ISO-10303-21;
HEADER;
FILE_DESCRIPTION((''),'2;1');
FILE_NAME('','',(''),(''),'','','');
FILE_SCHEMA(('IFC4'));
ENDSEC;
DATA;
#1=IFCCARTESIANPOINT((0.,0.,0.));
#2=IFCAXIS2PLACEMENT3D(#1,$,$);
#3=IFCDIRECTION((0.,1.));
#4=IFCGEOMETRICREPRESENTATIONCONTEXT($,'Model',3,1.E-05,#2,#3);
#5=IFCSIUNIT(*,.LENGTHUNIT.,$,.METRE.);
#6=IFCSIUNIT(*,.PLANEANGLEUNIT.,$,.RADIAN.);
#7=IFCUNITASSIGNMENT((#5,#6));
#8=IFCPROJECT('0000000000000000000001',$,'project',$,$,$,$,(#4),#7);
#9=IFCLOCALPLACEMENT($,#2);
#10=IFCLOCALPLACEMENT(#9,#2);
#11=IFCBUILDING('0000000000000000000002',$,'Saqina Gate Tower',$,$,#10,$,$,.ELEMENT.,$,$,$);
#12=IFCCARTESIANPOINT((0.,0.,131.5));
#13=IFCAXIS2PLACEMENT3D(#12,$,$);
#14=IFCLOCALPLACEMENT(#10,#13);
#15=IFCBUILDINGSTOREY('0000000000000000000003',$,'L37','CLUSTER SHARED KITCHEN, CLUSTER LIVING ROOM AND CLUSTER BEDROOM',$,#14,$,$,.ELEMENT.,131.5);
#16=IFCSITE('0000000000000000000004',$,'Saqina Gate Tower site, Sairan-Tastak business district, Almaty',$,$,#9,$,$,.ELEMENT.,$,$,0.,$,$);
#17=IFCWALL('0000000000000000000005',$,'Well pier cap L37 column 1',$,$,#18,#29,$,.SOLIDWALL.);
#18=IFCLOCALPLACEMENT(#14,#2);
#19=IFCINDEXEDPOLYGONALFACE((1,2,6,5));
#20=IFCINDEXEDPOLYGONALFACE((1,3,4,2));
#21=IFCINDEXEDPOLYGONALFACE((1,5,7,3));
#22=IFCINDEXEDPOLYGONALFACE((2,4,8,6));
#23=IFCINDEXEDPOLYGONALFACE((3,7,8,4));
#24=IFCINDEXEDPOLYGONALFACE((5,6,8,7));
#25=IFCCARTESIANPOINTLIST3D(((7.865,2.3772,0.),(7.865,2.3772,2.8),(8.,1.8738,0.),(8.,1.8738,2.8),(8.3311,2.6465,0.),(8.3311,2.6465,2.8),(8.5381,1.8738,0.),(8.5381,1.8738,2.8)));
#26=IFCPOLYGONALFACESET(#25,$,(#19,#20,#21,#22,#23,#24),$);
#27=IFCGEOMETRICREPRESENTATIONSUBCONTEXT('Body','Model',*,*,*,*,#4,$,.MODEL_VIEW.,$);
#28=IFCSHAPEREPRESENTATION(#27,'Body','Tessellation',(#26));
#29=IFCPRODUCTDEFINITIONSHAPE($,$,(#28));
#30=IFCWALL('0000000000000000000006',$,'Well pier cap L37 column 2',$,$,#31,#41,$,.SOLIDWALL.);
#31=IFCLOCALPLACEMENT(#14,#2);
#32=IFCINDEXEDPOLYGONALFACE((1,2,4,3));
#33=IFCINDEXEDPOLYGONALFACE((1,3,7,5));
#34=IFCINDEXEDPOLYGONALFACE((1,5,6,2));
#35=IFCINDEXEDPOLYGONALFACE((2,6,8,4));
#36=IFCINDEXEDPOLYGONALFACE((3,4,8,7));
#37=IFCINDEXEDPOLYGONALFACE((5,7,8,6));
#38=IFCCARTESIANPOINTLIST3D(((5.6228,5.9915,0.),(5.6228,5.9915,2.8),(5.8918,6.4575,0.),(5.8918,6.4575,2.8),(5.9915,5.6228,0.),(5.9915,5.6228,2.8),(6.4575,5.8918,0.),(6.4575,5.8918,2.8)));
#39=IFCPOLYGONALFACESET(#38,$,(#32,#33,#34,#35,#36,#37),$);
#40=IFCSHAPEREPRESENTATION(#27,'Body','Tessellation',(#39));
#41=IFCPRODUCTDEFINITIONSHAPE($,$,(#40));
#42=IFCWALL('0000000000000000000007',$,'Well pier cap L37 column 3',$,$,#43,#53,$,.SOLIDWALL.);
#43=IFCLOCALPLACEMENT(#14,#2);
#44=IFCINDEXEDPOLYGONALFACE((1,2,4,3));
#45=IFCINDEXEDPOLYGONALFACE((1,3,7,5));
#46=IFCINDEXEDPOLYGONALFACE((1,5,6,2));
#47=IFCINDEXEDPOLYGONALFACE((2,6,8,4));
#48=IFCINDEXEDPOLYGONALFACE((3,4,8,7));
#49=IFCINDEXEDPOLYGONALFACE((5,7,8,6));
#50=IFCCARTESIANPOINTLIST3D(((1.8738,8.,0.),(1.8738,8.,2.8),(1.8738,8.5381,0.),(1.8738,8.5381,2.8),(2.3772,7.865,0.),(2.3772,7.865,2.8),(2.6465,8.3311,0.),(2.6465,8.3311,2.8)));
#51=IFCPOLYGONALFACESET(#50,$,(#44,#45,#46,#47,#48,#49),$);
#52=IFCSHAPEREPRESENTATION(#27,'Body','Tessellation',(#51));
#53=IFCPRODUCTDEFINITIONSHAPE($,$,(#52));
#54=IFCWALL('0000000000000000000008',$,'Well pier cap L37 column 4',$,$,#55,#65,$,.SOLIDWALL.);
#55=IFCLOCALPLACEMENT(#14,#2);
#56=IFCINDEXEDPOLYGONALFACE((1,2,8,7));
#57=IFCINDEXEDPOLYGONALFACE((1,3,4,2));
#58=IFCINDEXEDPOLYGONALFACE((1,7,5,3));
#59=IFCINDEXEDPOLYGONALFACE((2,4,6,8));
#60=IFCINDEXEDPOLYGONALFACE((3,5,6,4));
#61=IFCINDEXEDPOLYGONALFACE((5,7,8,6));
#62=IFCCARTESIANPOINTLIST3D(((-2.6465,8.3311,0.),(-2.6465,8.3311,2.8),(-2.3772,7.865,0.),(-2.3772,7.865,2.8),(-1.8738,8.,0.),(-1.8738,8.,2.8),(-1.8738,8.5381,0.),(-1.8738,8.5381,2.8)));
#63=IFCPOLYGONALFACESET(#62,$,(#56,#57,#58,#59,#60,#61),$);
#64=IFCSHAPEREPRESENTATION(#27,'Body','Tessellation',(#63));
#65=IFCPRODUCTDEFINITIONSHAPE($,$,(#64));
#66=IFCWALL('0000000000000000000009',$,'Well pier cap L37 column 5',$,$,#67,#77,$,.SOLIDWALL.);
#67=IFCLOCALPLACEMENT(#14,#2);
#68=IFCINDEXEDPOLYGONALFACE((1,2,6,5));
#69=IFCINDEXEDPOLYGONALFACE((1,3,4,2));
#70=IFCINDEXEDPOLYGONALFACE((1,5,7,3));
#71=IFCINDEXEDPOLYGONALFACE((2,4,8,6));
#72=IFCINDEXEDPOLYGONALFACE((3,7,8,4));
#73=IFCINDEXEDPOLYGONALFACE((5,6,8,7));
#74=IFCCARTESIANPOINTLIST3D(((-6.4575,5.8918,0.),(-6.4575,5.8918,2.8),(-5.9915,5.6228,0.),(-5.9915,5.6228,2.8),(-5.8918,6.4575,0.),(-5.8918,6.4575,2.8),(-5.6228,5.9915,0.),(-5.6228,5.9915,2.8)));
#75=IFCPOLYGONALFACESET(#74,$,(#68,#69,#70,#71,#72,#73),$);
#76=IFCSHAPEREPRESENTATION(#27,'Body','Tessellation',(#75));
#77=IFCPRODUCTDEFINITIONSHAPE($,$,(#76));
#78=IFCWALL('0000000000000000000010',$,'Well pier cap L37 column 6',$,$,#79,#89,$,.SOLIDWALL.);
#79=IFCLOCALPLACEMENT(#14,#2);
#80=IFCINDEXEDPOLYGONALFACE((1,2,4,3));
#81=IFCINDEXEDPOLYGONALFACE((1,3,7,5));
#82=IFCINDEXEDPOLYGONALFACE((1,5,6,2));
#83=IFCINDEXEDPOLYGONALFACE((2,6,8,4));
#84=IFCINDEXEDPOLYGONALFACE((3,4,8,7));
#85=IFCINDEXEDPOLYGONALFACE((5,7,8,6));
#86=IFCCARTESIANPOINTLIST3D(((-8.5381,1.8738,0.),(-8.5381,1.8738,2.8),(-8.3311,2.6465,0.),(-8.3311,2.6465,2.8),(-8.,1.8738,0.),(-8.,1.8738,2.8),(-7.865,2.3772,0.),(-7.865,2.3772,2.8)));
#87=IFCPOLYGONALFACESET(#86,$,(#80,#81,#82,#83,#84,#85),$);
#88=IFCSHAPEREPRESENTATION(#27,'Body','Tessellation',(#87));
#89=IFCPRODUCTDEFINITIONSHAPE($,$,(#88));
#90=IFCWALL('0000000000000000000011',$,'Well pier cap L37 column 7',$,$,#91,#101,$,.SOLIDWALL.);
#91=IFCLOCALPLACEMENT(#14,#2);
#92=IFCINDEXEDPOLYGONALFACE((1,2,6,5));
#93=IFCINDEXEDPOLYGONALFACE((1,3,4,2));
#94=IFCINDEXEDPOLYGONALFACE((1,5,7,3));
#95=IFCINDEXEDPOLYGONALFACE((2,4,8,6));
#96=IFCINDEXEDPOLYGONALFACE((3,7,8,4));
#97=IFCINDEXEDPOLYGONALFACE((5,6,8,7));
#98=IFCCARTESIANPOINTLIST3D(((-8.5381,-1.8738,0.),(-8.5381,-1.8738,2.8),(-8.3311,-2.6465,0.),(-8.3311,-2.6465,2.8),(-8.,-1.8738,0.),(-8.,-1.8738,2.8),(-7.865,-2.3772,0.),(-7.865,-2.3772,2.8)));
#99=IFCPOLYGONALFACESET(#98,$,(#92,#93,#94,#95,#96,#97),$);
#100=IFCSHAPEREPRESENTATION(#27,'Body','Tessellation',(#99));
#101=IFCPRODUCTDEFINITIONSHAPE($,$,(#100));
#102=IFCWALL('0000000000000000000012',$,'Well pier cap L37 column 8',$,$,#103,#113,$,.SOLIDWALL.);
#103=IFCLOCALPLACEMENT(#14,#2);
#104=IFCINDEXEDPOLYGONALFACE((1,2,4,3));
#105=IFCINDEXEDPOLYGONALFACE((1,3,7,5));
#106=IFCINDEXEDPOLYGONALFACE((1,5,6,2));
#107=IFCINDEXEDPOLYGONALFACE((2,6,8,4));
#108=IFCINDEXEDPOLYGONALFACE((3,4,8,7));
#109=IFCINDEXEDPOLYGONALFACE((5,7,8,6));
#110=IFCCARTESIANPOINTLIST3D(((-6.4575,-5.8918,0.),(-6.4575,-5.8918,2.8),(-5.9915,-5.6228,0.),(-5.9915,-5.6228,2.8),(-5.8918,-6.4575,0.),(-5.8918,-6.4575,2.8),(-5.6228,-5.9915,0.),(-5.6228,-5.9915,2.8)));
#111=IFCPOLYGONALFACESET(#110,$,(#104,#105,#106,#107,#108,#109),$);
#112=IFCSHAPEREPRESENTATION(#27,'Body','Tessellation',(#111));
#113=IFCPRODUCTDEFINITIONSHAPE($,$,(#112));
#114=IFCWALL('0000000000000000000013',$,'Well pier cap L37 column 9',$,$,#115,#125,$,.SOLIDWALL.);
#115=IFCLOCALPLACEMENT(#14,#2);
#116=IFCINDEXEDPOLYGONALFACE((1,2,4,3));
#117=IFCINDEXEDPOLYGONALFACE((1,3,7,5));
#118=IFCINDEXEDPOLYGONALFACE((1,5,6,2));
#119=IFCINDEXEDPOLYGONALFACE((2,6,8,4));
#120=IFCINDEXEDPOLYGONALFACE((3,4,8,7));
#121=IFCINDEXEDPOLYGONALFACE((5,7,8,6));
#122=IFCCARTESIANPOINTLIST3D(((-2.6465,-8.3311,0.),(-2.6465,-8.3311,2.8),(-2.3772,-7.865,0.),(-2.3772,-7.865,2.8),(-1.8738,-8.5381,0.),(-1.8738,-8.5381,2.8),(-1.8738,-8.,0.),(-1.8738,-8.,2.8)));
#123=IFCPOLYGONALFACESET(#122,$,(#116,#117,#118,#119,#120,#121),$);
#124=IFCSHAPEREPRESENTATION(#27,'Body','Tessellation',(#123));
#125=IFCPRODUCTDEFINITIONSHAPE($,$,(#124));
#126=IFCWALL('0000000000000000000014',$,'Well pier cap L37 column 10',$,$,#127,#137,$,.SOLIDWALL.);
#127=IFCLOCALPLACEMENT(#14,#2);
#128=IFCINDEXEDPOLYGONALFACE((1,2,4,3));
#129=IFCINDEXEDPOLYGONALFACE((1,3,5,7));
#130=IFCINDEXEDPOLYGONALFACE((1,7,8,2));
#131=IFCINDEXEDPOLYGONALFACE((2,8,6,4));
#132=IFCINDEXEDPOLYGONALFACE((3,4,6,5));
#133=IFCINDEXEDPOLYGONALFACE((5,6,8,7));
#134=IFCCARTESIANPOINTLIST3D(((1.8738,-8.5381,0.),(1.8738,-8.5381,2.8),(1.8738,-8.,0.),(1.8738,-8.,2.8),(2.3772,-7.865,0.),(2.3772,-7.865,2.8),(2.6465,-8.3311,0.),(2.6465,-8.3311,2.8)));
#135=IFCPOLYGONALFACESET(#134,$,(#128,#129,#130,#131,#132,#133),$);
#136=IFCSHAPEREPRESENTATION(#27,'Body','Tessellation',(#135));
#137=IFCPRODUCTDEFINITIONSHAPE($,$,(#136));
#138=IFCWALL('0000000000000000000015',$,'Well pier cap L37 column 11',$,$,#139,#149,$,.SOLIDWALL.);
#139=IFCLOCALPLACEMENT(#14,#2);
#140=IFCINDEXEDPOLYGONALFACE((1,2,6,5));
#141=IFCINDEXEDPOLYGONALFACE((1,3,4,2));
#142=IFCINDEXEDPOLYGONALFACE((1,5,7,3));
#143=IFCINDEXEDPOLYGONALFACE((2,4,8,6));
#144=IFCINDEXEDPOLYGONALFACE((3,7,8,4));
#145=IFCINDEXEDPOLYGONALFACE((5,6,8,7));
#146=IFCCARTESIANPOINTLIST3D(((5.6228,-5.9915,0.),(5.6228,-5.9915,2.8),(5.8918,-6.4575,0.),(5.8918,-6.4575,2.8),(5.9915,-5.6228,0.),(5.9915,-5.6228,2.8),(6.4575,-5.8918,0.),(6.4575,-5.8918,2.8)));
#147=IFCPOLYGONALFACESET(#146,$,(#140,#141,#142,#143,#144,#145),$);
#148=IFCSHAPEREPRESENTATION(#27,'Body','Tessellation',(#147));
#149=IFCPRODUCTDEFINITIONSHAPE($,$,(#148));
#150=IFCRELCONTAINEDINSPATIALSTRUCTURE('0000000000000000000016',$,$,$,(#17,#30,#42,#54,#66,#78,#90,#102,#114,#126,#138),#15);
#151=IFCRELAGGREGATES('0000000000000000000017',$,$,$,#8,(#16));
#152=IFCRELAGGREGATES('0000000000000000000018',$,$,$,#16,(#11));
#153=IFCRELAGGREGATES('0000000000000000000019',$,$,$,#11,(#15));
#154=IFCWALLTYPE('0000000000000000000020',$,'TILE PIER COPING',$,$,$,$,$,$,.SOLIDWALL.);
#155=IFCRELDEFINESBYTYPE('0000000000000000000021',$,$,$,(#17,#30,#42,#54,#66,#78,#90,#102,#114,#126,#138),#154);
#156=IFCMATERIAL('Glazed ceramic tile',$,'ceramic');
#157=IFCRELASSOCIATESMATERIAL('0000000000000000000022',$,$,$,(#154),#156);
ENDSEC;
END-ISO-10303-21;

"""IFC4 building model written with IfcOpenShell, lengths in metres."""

from ifc_helpers import new_model, si_unit, direction, frame, origin, place, context, subcontext, project, spatial, polyline, outline, extrude, material, type_object, element, save


model = new_model("IFC4")

# Units and contexts
model_context = context("Model", 3, precision=1e-05, world=origin(), true_north=direction((0.0, 1.0)))
body_context = subcontext(model_context, "Body", "Model", "MODEL_VIEW")
ifc_project = project(units=[si_unit("LENGTHUNIT", "METRE"), si_unit("PLANEANGLEUNIT", "RADIAN")], contexts=[model_context])

# Site, building, storey
site_placement = place(None, origin())
site = spatial("IfcSite", under=ifc_project, at=site_placement, Name="Saqina Gate Tower site, Sairan-Tastak business district, Almaty", CompositionType="ELEMENT", RefElevation=0.0)
building_placement = place(site_placement, origin())
building = spatial("IfcBuilding", under=site, at=building_placement, Name="Saqina Gate Tower", CompositionType="ELEMENT")
storey_placement = place(building_placement, frame((0.0, 0.0, 131.5)))
storey = spatial("IfcBuildingStorey", under=building, at=storey_placement, Name="L37", Description="CLUSTER SHARED KITCHEN, CLUSTER LIVING ROOM AND CLUSTER BEDROOM", CompositionType="ELEMENT", Elevation=131.5)

# Walls
ifc_material_1 = material(Name="Glazed ceramic tile", Category="ceramic")
wall_type_1 = type_object("IfcWallType", Name="TILE PIER COPING", PredefinedType="SOLIDWALL", material=ifc_material_1)
wall_1_placement = place(storey_placement, origin())
element("IfcWall", 1, at=wall_1_placement, inside=storey, type_object=wall_type_1, Name="Well pier cap L37 column 1", PredefinedType="SOLIDWALL", context=body_context, shape_type="SweptSolid", body=[
    extrude(outline(polyline([(8.3311, 2.6465), (7.865, 2.3772), (8.0, 1.8738), (8.5381, 1.8738), (8.3311, 2.6465)])), origin(), (0.0, 0.0, 1.0), 2.8),
])
wall_2_placement = place(storey_placement, origin())
element("IfcWall", 2, at=wall_2_placement, inside=storey, type_object=wall_type_1, Name="Well pier cap L37 column 2", PredefinedType="SOLIDWALL", context=body_context, shape_type="SweptSolid", body=[
    extrude(outline(polyline([(5.8918, 6.4575), (5.6228, 5.9915), (5.9915, 5.6228), (6.4575, 5.8918), (5.8918, 6.4575)])), origin(), (0.0, 0.0, 1.0), 2.8),
])
wall_3_placement = place(storey_placement, origin())
element("IfcWall", 3, at=wall_3_placement, inside=storey, type_object=wall_type_1, Name="Well pier cap L37 column 3", PredefinedType="SOLIDWALL", context=body_context, shape_type="SweptSolid", body=[
    extrude(outline(polyline([(1.8738, 8.5381), (1.8738, 8.0), (2.3772, 7.865), (2.6465, 8.3311), (1.8738, 8.5381)])), origin(), (0.0, 0.0, 1.0), 2.8),
])
wall_4_placement = place(storey_placement, origin())
element("IfcWall", 4, at=wall_4_placement, inside=storey, type_object=wall_type_1, Name="Well pier cap L37 column 4", PredefinedType="SOLIDWALL", context=body_context, shape_type="SweptSolid", body=[
    extrude(outline(polyline([(-2.6465, 8.3311), (-2.3772, 7.865), (-1.8738, 8.0), (-1.8738, 8.5381), (-2.6465, 8.3311)])), origin(), (0.0, 0.0, 1.0), 2.8),
])
wall_5_placement = place(storey_placement, origin())
element("IfcWall", 5, at=wall_5_placement, inside=storey, type_object=wall_type_1, Name="Well pier cap L37 column 5", PredefinedType="SOLIDWALL", context=body_context, shape_type="SweptSolid", body=[
    extrude(outline(polyline([(-6.4575, 5.8918), (-5.9915, 5.6228), (-5.6228, 5.9915), (-5.8918, 6.4575), (-6.4575, 5.8918)])), origin(), (0.0, 0.0, 1.0), 2.8),
])
wall_6_placement = place(storey_placement, origin())
element("IfcWall", 6, at=wall_6_placement, inside=storey, type_object=wall_type_1, Name="Well pier cap L37 column 6", PredefinedType="SOLIDWALL", context=body_context, shape_type="SweptSolid", body=[
    extrude(outline(polyline([(-8.5381, 1.8738), (-8.0, 1.8738), (-7.865, 2.3772), (-8.3311, 2.6465), (-8.5381, 1.8738)])), origin(), (0.0, 0.0, 1.0), 2.8),
])
wall_7_placement = place(storey_placement, origin())
element("IfcWall", 7, at=wall_7_placement, inside=storey, type_object=wall_type_1, Name="Well pier cap L37 column 7", PredefinedType="SOLIDWALL", context=body_context, shape_type="SweptSolid", body=[
    extrude(outline(polyline([(-8.3311, -2.6465), (-7.865, -2.3772), (-8.0, -1.8738), (-8.5381, -1.8738), (-8.3311, -2.6465)])), origin(), (0.0, 0.0, 1.0), 2.8),
])
wall_8_placement = place(storey_placement, origin())
element("IfcWall", 8, at=wall_8_placement, inside=storey, type_object=wall_type_1, Name="Well pier cap L37 column 8", PredefinedType="SOLIDWALL", context=body_context, shape_type="SweptSolid", body=[
    extrude(outline(polyline([(-6.4575, -5.8918), (-5.8918, -6.4575), (-5.6228, -5.9915), (-5.9915, -5.6228), (-6.4575, -5.8918)])), origin(), (0.0, 0.0, 1.0), 2.8),
])
wall_9_placement = place(storey_placement, origin())
element("IfcWall", 9, at=wall_9_placement, inside=storey, type_object=wall_type_1, Name="Well pier cap L37 column 9", PredefinedType="SOLIDWALL", context=body_context, shape_type="SweptSolid", body=[
    extrude(outline(polyline([(-1.8738, -8.5381), (-1.8738, -8.0), (-2.3772, -7.865), (-2.6465, -8.3311), (-1.8738, -8.5381)])), origin(), (0.0, 0.0, 1.0), 2.8),
])
wall_10_placement = place(storey_placement, origin())
element("IfcWall", 10, at=wall_10_placement, inside=storey, type_object=wall_type_1, Name="Well pier cap L37 column 10", PredefinedType="SOLIDWALL", context=body_context, shape_type="SweptSolid", body=[
    extrude(outline(polyline([(2.6465, -8.3311), (2.3772, -7.865), (1.8738, -8.0), (1.8738, -8.5381), (2.6465, -8.3311)])), origin(), (0.0, 0.0, 1.0), 2.8),
])
wall_11_placement = place(storey_placement, origin())
element("IfcWall", 11, at=wall_11_placement, inside=storey, type_object=wall_type_1, Name="Well pier cap L37 column 11", PredefinedType="SOLIDWALL", context=body_context, shape_type="SweptSolid", body=[
    extrude(outline(polyline([(5.8918, -6.4575), (6.4575, -5.8918), (5.9915, -5.6228), (5.6228, -5.9915), (5.8918, -6.4575)])), origin(), (0.0, 0.0, 1.0), 2.8),
])

save(model, "model.ifc")
